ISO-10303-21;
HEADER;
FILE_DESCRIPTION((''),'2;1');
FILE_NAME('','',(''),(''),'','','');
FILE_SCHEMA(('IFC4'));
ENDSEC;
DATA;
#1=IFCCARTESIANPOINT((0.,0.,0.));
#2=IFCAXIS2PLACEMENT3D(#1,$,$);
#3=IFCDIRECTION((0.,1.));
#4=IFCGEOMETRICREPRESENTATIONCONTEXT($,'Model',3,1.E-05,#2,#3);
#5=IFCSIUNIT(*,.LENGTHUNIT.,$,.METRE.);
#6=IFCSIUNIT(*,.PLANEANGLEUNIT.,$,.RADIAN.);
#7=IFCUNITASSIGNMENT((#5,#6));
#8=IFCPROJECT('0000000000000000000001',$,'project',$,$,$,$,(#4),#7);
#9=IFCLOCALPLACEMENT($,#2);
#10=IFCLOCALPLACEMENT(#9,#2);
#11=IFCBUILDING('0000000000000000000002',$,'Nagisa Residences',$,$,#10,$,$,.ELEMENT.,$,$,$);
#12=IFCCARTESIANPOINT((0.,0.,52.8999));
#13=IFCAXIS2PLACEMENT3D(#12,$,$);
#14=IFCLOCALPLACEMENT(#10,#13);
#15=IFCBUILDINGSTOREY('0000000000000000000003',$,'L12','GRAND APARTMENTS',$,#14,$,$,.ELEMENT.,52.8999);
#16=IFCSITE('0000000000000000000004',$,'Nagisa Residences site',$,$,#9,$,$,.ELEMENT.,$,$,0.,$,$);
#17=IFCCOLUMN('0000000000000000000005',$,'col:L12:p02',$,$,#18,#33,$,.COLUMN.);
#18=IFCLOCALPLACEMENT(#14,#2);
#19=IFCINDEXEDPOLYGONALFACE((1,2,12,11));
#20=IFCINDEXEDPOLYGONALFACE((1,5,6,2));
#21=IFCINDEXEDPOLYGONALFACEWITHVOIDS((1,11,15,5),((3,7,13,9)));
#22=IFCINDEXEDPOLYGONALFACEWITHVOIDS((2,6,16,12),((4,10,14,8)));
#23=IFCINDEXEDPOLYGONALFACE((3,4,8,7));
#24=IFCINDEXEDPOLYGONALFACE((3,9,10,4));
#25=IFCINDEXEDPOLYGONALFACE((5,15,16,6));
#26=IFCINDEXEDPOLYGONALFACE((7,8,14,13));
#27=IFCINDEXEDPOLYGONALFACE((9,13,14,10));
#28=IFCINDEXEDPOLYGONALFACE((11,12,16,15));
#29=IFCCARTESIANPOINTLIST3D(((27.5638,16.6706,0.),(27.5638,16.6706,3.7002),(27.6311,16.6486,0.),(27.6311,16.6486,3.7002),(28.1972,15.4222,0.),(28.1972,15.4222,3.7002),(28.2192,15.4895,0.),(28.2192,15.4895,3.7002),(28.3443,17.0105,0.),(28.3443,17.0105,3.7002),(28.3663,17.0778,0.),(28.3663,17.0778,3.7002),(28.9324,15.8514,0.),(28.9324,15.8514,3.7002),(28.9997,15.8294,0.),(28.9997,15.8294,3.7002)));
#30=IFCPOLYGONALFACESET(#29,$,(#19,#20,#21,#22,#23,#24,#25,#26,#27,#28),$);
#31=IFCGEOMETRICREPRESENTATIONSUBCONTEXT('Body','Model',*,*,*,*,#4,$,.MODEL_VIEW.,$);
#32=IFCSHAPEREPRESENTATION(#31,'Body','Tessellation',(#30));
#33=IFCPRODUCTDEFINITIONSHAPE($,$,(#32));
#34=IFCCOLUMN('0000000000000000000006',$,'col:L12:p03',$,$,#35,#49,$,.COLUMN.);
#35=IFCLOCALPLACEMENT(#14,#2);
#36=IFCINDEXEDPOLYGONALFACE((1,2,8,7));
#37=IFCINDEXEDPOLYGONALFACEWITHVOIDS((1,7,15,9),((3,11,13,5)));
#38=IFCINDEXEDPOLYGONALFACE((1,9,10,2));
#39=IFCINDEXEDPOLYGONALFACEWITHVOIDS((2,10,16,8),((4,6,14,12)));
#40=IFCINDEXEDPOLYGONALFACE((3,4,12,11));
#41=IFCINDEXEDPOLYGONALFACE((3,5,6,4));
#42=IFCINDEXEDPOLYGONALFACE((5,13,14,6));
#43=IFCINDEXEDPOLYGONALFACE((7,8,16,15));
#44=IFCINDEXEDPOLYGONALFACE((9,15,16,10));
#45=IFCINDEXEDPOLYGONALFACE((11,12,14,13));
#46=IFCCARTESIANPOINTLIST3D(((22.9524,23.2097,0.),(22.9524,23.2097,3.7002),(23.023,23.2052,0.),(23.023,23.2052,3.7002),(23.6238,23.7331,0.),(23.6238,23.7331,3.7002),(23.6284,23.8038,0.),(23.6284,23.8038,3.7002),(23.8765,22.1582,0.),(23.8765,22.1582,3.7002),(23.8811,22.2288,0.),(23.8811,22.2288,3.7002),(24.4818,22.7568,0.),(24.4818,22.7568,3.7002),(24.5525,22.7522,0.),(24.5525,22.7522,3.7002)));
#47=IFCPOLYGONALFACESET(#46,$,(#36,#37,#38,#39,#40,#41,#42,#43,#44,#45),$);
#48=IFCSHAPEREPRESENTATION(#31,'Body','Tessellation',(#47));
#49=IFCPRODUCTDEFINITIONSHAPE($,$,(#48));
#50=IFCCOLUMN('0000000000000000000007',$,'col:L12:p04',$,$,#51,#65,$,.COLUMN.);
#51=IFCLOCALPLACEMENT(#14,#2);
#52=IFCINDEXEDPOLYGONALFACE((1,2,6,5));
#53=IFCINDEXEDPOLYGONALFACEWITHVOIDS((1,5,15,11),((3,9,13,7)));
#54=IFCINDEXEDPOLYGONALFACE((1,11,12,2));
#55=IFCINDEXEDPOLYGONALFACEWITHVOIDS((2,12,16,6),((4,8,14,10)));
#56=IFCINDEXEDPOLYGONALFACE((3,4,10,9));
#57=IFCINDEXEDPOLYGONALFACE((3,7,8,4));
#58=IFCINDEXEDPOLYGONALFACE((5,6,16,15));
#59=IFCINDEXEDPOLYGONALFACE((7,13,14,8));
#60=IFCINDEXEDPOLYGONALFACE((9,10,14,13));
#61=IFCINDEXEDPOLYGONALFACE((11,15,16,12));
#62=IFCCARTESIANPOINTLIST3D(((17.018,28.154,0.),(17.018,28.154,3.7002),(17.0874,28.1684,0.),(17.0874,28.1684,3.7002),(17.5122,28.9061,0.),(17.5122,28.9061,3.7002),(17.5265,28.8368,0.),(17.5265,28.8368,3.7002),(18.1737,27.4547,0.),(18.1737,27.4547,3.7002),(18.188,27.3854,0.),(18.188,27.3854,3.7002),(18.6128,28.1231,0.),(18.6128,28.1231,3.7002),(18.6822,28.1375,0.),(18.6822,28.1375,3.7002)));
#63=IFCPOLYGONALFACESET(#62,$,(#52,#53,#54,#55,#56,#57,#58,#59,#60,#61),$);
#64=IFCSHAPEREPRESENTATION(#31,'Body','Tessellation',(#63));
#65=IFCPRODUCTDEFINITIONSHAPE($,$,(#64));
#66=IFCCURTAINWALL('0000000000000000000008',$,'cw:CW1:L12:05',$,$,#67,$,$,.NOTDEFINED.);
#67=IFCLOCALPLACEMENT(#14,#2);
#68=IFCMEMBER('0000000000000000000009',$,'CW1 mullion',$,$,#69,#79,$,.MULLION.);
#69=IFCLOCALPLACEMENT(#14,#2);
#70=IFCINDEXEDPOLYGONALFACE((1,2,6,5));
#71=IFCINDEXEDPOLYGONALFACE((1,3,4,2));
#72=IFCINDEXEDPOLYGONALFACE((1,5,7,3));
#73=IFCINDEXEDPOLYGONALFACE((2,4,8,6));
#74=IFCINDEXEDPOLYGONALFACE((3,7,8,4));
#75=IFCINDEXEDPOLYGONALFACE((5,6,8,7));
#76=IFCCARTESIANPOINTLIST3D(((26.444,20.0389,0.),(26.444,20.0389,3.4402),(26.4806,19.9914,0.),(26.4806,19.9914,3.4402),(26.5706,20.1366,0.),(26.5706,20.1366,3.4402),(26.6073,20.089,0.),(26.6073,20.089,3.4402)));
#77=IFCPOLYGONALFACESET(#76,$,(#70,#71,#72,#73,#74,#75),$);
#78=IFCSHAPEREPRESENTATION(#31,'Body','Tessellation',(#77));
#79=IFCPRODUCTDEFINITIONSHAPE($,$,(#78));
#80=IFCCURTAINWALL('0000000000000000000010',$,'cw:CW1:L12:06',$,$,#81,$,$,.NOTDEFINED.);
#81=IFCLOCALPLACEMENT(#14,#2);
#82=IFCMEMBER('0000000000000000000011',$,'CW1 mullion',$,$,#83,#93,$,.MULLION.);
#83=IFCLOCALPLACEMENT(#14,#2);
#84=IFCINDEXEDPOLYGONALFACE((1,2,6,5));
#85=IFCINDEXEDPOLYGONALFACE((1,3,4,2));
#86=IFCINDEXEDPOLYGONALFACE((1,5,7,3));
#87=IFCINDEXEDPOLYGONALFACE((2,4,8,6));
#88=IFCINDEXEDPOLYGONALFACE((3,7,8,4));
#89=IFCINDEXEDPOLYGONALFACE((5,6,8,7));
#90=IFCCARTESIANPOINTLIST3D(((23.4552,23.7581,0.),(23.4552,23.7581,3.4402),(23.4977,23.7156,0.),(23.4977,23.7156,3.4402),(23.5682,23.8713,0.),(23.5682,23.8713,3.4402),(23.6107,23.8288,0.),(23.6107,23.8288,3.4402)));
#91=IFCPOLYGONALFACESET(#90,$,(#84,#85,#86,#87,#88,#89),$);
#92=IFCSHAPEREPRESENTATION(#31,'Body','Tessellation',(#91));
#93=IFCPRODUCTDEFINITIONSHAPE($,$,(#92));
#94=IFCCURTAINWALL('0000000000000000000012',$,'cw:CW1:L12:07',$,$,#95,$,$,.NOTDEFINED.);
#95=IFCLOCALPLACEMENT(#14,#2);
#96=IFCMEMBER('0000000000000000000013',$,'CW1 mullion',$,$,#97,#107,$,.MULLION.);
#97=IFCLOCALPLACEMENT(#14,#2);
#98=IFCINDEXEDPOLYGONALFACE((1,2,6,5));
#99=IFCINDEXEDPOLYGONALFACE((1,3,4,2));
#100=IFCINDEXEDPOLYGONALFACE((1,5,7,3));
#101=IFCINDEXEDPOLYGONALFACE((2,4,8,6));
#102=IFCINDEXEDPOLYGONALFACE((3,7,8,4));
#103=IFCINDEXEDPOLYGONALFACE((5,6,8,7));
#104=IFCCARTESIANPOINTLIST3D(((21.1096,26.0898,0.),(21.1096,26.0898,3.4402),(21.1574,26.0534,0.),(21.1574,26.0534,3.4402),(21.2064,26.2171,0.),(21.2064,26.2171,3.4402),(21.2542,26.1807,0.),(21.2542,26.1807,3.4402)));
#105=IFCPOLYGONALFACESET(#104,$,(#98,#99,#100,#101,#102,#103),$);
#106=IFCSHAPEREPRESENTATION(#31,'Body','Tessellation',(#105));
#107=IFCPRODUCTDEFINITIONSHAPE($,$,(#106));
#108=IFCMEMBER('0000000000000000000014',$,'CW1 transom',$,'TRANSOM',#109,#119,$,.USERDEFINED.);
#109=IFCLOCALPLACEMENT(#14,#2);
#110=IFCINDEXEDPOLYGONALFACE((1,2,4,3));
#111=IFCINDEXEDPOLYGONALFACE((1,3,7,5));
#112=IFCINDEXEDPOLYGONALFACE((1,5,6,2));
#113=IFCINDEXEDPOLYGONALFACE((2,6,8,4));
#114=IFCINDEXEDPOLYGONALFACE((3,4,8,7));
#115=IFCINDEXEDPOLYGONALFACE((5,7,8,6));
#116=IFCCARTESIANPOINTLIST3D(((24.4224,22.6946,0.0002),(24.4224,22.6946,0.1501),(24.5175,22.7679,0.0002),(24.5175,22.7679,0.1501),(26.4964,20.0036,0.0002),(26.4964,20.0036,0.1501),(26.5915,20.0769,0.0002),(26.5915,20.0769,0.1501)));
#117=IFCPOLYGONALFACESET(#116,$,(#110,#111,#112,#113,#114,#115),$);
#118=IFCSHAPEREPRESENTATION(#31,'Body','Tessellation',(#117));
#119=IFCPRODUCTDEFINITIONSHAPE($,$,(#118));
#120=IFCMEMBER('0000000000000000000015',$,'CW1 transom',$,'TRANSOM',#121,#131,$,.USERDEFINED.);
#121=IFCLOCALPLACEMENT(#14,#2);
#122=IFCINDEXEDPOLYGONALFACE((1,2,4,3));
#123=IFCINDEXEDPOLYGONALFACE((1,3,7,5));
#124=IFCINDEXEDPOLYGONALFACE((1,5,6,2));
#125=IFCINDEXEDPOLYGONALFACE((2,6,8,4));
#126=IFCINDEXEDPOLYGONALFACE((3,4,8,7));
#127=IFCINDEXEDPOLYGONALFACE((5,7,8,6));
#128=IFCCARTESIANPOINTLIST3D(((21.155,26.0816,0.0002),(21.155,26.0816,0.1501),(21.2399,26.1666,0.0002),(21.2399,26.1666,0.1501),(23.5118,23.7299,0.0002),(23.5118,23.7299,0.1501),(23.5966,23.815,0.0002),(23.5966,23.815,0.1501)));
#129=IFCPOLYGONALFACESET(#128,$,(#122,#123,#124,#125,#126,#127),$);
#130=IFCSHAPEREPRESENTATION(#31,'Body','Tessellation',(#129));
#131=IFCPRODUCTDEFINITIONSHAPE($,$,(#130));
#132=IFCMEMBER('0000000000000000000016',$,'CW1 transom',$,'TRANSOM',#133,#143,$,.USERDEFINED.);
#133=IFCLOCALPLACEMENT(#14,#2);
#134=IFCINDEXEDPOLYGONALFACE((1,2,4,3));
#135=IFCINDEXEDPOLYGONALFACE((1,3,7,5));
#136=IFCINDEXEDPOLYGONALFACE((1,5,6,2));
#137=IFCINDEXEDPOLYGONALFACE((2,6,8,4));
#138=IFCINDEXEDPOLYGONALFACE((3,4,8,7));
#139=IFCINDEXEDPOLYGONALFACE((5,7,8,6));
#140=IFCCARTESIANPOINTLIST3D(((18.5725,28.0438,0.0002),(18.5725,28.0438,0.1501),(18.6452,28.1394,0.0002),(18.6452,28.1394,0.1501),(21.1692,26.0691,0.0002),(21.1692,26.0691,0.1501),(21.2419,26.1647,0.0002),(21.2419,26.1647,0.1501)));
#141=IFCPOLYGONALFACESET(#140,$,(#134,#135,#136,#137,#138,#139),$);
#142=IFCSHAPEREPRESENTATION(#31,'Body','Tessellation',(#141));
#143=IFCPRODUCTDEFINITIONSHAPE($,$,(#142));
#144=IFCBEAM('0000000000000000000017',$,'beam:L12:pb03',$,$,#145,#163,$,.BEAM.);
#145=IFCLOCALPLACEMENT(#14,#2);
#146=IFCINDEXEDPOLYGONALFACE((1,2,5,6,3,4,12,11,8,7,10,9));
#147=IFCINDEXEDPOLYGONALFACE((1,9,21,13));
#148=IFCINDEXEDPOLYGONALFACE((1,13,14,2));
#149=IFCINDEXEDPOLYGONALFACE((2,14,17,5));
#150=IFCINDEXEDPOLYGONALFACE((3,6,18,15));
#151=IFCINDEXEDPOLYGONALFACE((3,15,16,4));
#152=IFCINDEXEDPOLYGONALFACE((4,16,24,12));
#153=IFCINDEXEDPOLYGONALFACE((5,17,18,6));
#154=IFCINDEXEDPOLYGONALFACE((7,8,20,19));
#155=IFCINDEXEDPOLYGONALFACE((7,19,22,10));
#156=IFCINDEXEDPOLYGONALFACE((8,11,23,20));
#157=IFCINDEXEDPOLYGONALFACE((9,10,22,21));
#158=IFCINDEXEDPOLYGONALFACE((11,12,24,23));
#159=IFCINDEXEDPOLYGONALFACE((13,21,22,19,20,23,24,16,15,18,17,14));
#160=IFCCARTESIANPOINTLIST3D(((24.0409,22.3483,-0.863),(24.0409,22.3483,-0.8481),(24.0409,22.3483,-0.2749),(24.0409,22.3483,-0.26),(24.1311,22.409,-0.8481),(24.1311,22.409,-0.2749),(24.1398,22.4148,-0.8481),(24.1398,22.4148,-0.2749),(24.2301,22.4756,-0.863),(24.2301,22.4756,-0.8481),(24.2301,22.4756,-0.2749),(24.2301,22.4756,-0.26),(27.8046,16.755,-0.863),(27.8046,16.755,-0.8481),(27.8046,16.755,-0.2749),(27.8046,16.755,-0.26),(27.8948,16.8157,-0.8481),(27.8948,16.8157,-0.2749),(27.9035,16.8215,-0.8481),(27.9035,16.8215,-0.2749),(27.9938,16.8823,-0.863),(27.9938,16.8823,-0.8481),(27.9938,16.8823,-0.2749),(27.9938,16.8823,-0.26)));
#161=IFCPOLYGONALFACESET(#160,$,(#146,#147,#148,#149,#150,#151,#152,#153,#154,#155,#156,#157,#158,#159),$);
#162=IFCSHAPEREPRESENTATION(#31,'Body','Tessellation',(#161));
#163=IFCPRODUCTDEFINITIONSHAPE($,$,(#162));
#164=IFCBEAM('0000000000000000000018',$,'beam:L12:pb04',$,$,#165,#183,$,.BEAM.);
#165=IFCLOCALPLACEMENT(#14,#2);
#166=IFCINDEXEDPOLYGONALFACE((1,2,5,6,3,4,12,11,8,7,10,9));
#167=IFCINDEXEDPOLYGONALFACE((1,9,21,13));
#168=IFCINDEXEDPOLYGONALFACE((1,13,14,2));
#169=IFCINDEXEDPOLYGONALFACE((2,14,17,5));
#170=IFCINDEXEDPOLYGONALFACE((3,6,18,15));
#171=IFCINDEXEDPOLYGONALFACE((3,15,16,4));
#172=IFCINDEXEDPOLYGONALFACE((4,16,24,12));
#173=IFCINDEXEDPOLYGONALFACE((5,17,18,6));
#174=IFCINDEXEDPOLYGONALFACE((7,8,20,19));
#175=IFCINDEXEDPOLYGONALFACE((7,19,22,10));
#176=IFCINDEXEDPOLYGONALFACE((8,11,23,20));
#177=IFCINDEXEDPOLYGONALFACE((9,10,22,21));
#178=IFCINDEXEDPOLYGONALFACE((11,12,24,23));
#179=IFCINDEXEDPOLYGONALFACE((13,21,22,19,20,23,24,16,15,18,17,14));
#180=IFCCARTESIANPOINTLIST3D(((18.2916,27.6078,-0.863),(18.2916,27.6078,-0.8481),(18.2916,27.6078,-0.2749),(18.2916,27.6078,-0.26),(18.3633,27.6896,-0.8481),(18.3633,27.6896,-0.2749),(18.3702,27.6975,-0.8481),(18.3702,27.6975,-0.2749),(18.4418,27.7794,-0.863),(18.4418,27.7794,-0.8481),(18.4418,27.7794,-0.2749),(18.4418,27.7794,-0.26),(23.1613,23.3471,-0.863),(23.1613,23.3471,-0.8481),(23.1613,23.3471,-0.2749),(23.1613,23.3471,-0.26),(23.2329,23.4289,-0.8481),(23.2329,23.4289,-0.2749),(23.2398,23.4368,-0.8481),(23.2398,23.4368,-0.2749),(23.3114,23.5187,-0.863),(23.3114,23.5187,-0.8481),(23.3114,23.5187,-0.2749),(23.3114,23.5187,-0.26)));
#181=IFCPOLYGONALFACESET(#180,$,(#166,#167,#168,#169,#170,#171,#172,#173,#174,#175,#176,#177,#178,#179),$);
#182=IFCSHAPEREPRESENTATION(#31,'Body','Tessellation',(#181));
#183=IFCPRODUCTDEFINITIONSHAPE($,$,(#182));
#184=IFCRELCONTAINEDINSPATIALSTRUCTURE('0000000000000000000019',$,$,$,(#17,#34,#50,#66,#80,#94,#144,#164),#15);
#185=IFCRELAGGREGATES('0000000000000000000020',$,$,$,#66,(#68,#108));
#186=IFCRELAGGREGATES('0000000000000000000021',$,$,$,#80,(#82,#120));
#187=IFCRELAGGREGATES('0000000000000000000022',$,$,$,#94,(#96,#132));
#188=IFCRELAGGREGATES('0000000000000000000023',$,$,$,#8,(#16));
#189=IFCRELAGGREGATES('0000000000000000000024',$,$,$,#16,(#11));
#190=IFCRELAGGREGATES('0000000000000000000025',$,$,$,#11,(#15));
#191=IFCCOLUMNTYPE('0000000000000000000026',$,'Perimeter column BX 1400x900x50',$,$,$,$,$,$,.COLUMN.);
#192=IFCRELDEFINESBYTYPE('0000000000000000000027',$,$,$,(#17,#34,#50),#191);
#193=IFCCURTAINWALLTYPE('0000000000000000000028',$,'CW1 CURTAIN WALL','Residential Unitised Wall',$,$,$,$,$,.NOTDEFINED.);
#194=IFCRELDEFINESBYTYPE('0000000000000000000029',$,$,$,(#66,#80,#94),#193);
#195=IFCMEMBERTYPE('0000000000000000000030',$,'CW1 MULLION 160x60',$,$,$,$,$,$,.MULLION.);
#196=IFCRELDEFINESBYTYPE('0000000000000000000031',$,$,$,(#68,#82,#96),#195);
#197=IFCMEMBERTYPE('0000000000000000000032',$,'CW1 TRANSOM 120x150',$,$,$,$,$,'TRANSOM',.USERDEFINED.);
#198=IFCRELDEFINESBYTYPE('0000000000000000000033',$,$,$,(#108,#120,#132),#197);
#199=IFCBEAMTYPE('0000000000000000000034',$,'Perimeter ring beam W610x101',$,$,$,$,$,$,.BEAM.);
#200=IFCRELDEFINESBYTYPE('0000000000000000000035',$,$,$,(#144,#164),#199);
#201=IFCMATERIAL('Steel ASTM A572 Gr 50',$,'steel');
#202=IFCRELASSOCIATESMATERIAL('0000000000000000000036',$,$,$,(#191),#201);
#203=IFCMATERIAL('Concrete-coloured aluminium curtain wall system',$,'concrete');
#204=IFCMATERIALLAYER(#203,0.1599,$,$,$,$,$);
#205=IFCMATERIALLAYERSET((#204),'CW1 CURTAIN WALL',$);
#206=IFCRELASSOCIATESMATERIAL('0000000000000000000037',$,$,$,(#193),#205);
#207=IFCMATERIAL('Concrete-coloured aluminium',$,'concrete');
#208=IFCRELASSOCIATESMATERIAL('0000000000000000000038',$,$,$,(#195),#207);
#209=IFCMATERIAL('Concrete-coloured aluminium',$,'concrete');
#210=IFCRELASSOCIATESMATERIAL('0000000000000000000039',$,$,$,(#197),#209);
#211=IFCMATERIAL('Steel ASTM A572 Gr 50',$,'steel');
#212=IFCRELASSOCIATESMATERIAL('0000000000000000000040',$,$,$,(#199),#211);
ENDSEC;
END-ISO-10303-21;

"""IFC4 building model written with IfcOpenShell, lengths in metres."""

from ifc_helpers import new_model, si_unit, direction, frame, origin, origin_2d, place, context, subcontext, project, spatial, rectangle, hollow_rectangle, i_section, extrude, material, layer, layer_set, material_profile, profile_set, type_object, element, aggregate, save


model = new_model("IFC4")

# Units and contexts
model_context = context("Model", 3, precision=1e-05, world=origin(), true_north=direction((0.0, 1.0)))
body_context = subcontext(model_context, "Body", "Model", "MODEL_VIEW")
ifc_project = project(units=[si_unit("LENGTHUNIT", "METRE"), si_unit("PLANEANGLEUNIT", "RADIAN")], contexts=[model_context])

# Site, building, storey
site_placement = place(None, origin())
site = spatial("IfcSite", under=ifc_project, at=site_placement, Name="Nagisa Residences site", CompositionType="ELEMENT", RefElevation=0.0)
building_placement = place(site_placement, origin())
building = spatial("IfcBuilding", under=site, at=building_placement, Name="Nagisa Residences", CompositionType="ELEMENT")
storey_placement = place(building_placement, frame((0.0, 0.0, 52.8999)))
storey = spatial("IfcBuildingStorey", under=building, at=storey_placement, Name="L12", Description="GRAND APARTMENTS", CompositionType="ELEMENT", Elevation=52.8999)

# Columns
ifc_material_1 = material(Name="Steel ASTM A572 Gr 50", Category="steel")
ifc_material_profile_1 = material_profile(ifc_material_1, hollow_rectangle(XDim=1.3999, YDim=0.8999, WallThickness=0.05, at=origin_2d()), Name="BX 1400x900x50")
ifc_profile_set_1 = profile_set([ifc_material_profile_1], Name="Steel ASTM A572 Gr 50")
column_type = type_object("IfcColumnType", Name="Perimeter column BX 1400x900x50", PredefinedType="COLUMN", material=ifc_profile_set_1)
for number, where, z_axis, x_axis, name in (
    (1, (28.2817, 16.25, 0.0), (0.0, 0.0, 1.0), (-0.452463, 0.891783, 0.0), "col:L12:p02"),
    (2, (23.7524, 22.981, 0.0), (0.0, 0.0, 1.0), (-0.660115, 0.751165, 0.0), "col:L12:p03"),
    (3, (17.8501, 28.1458, 0.0), (0.0, 0.0, 1.0), (-0.835766, 0.549086, 0.0), "col:L12:p04"),
):
    element("IfcColumn", number, at=place(storey_placement, frame(where, z_axis=z_axis, x_axis=x_axis)), inside=storey, type_object=column_type, Name=name, PredefinedType="COLUMN", context=body_context, shape_type="SweptSolid", body=[
        extrude(hollow_rectangle(XDim=1.3999, YDim=0.8999, WallThickness=0.05, at=origin_2d()), origin(), (0.0, 0.0, 1.0), 3.7002),
    ])

# Curtain walls, members
ifc_material_2 = material(Name="Concrete-coloured aluminium curtain wall system", Category="concrete")
ifc_layer_1 = layer(ifc_material_2, 0.1599)
ifc_layer_set_1 = layer_set([ifc_layer_1], Name="CW1 CURTAIN WALL")
curtain_wall_type = type_object("IfcCurtainWallType", Name="CW1 CURTAIN WALL", Description="Residential Unitised Wall", PredefinedType="NOTDEFINED", material=ifc_layer_set_1)
curtain_wall_1_placement = place(storey_placement, origin())
curtain_wall_1 = element("IfcCurtainWall", 4, at=curtain_wall_1_placement, inside=storey, type_object=curtain_wall_type, Name="cw:CW1:L12:05", PredefinedType="NOTDEFINED")
ifc_material_3 = material(Name="Concrete-coloured aluminium", Category="concrete")
ifc_material_profile_2 = material_profile(ifc_material_3, rectangle(XDim=0.1599, YDim=0.0601, at=origin_2d()), Name="CW1 MULLION 160x60")
ifc_profile_set_2 = profile_set([ifc_material_profile_2], Name="Concrete-coloured aluminium")
member_type_1 = type_object("IfcMemberType", Name="CW1 MULLION 160x60", PredefinedType="MULLION", material=ifc_profile_set_2)
member_1_placement = place(storey_placement, frame((26.5256, 20.064, 0.0), z_axis=(0.0, 0.0, 1.0), x_axis=(-0.79207, -0.61043, 0.0)))
member_1 = element("IfcMember", 5, at=member_1_placement, type_object=member_type_1, Name="CW1 mullion", PredefinedType="MULLION", context=body_context, shape_type="SweptSolid", body=[
    extrude(rectangle(XDim=0.1599, YDim=0.0601, at=origin_2d()), origin(), (0.0, 0.0, 1.0), 3.4402),
])
curtain_wall_2_placement = place(storey_placement, origin())
curtain_wall_2 = element("IfcCurtainWall", 6, at=curtain_wall_2_placement, inside=storey, type_object=curtain_wall_type, Name="cw:CW1:L12:06", PredefinedType="NOTDEFINED")
member_2_placement = place(storey_placement, frame((23.533, 23.7935, 0.0), z_axis=(0.0, 0.0, 1.0), x_axis=(-0.706377, -0.707836, 0.0)))
member_2 = element("IfcMember", 7, at=member_2_placement, type_object=member_type_1, Name="CW1 mullion", PredefinedType="MULLION", context=body_context, shape_type="SweptSolid", body=[
    extrude(rectangle(XDim=0.1599, YDim=0.0601, at=origin_2d()), origin(), (0.0, 0.0, 1.0), 3.4402),
])
curtain_wall_3_placement = place(storey_placement, origin())
curtain_wall_3 = element("IfcCurtainWall", 8, at=curtain_wall_3_placement, inside=storey, type_object=curtain_wall_type, Name="cw:CW1:L12:07", PredefinedType="NOTDEFINED")
member_3_placement = place(storey_placement, frame((21.1819, 26.1353, 0.0), z_axis=(0.0, 0.0, 1.0), x_axis=(-0.605255, -0.796031, 0.0)))
member_3 = element("IfcMember", 9, at=member_3_placement, type_object=member_type_1, Name="CW1 mullion", PredefinedType="MULLION", context=body_context, shape_type="SweptSolid", body=[
    extrude(rectangle(XDim=0.1599, YDim=0.0601, at=origin_2d()), origin(), (0.0, 0.0, 1.0), 3.4402),
])

# Members
ifc_material_4 = material(Name="Concrete-coloured aluminium", Category="concrete")
ifc_material_profile_3 = material_profile(ifc_material_4, rectangle(XDim=0.1201, YDim=0.1499, at=origin_2d()), Name="CW1 TRANSOM 120x150")
ifc_profile_set_3 = profile_set([ifc_material_profile_3], Name="Concrete-coloured aluminium")
member_type_2 = type_object("IfcMemberType", Name="CW1 TRANSOM 120x150", ElementType="TRANSOM", PredefinedType="USERDEFINED", material=ifc_profile_set_3)
member_4_placement = place(storey_placement, frame((26.5439, 20.0403, 0.0752), z_axis=(-0.610457, 0.792049, 0.0), x_axis=(-0.792049, -0.610457, 0.0)))
member_4 = element("IfcMember", 10, at=member_4_placement, type_object=member_type_2, Name="CW1 transom", ObjectType="TRANSOM", PredefinedType="USERDEFINED", context=body_context, shape_type="SweptSolid", body=[
    extrude(rectangle(XDim=0.1201, YDim=0.1499, at=origin_2d()), origin(), (0.0, 0.0, 1.0), 3.3975),
])
member_5_placement = place(storey_placement, frame((23.5542, 23.7725, 0.0752), z_axis=(-0.707876, 0.706336, 0.0), x_axis=(-0.706336, -0.707876, 0.0)))
member_5 = element("IfcMember", 11, at=member_5_placement, type_object=member_type_2, Name="CW1 transom", ObjectType="TRANSOM", PredefinedType="USERDEFINED", context=body_context, shape_type="SweptSolid", body=[
    extrude(rectangle(XDim=0.1201, YDim=0.1499, at=origin_2d()), origin(), (0.0, 0.0, 1.0), 3.3293),
])
member_6_placement = place(storey_placement, frame((21.2056, 26.1169, 0.0752), z_axis=(-0.795995, 0.605303, 0.0), x_axis=(-0.605303, -0.795995, 0.0)))
member_6 = element("IfcMember", 12, at=member_6_placement, type_object=member_type_2, Name="CW1 transom", ObjectType="TRANSOM", PredefinedType="USERDEFINED", context=body_context, shape_type="SweptSolid", body=[
    extrude(rectangle(XDim=0.1201, YDim=0.1499, at=origin_2d()), origin(), (0.0, 0.0, 1.0), 3.2622),
])

# Beams
ifc_material_5 = material(Name="Steel ASTM A572 Gr 50", Category="steel")
ifc_material_profile_4 = material_profile(ifc_material_5, i_section(OverallWidth=0.228, OverallDepth=0.603, WebThickness=0.0105, FlangeThickness=0.0149, at=origin_2d()), Name="W610x101")
ifc_profile_set_4 = profile_set([ifc_material_profile_4], Name="Steel ASTM A572 Gr 50")
beam_type_1 = type_object("IfcBeamType", Name="Perimeter ring beam W610x101", PredefinedType="BEAM", material=ifc_profile_set_4)
beam_1_placement = place(storey_placement, frame((27.8992, 16.8186, -0.5615), z_axis=(-0.558272, 0.829658, 0.0), x_axis=(-0.829658, -0.558272, 0.0)))
element("IfcBeam", 13, at=beam_1_placement, inside=storey, type_object=beam_type_1, Name="beam:L12:pb03", PredefinedType="BEAM", context=body_context, shape_type="SweptSolid", body=[
    extrude(i_section(OverallWidth=0.228, OverallDepth=0.603, WebThickness=0.0105, FlangeThickness=0.0149, at=origin_2d()), origin(), (0.0, 0.0, 1.0), 6.7417),
])
beam_2_placement = place(storey_placement, frame((23.2363, 23.4329, -0.5615), z_axis=(-0.752591, 0.658489, 0.0), x_axis=(-0.658489, -0.752591, 0.0)))
element("IfcBeam", 14, at=beam_2_placement, inside=storey, type_object=beam_type_1, Name="beam:L12:pb04", PredefinedType="BEAM", context=body_context, shape_type="SweptSolid", body=[
    extrude(i_section(OverallWidth=0.228, OverallDepth=0.603, WebThickness=0.0105, FlangeThickness=0.0149, at=origin_2d()), origin(), (0.0, 0.0, 1.0), 6.4705),
])

aggregate(curtain_wall_1, [member_1, member_4])
aggregate(curtain_wall_2, [member_2, member_5])
aggregate(curtain_wall_3, [member_3, member_6])

save(model, "model.ifc")
